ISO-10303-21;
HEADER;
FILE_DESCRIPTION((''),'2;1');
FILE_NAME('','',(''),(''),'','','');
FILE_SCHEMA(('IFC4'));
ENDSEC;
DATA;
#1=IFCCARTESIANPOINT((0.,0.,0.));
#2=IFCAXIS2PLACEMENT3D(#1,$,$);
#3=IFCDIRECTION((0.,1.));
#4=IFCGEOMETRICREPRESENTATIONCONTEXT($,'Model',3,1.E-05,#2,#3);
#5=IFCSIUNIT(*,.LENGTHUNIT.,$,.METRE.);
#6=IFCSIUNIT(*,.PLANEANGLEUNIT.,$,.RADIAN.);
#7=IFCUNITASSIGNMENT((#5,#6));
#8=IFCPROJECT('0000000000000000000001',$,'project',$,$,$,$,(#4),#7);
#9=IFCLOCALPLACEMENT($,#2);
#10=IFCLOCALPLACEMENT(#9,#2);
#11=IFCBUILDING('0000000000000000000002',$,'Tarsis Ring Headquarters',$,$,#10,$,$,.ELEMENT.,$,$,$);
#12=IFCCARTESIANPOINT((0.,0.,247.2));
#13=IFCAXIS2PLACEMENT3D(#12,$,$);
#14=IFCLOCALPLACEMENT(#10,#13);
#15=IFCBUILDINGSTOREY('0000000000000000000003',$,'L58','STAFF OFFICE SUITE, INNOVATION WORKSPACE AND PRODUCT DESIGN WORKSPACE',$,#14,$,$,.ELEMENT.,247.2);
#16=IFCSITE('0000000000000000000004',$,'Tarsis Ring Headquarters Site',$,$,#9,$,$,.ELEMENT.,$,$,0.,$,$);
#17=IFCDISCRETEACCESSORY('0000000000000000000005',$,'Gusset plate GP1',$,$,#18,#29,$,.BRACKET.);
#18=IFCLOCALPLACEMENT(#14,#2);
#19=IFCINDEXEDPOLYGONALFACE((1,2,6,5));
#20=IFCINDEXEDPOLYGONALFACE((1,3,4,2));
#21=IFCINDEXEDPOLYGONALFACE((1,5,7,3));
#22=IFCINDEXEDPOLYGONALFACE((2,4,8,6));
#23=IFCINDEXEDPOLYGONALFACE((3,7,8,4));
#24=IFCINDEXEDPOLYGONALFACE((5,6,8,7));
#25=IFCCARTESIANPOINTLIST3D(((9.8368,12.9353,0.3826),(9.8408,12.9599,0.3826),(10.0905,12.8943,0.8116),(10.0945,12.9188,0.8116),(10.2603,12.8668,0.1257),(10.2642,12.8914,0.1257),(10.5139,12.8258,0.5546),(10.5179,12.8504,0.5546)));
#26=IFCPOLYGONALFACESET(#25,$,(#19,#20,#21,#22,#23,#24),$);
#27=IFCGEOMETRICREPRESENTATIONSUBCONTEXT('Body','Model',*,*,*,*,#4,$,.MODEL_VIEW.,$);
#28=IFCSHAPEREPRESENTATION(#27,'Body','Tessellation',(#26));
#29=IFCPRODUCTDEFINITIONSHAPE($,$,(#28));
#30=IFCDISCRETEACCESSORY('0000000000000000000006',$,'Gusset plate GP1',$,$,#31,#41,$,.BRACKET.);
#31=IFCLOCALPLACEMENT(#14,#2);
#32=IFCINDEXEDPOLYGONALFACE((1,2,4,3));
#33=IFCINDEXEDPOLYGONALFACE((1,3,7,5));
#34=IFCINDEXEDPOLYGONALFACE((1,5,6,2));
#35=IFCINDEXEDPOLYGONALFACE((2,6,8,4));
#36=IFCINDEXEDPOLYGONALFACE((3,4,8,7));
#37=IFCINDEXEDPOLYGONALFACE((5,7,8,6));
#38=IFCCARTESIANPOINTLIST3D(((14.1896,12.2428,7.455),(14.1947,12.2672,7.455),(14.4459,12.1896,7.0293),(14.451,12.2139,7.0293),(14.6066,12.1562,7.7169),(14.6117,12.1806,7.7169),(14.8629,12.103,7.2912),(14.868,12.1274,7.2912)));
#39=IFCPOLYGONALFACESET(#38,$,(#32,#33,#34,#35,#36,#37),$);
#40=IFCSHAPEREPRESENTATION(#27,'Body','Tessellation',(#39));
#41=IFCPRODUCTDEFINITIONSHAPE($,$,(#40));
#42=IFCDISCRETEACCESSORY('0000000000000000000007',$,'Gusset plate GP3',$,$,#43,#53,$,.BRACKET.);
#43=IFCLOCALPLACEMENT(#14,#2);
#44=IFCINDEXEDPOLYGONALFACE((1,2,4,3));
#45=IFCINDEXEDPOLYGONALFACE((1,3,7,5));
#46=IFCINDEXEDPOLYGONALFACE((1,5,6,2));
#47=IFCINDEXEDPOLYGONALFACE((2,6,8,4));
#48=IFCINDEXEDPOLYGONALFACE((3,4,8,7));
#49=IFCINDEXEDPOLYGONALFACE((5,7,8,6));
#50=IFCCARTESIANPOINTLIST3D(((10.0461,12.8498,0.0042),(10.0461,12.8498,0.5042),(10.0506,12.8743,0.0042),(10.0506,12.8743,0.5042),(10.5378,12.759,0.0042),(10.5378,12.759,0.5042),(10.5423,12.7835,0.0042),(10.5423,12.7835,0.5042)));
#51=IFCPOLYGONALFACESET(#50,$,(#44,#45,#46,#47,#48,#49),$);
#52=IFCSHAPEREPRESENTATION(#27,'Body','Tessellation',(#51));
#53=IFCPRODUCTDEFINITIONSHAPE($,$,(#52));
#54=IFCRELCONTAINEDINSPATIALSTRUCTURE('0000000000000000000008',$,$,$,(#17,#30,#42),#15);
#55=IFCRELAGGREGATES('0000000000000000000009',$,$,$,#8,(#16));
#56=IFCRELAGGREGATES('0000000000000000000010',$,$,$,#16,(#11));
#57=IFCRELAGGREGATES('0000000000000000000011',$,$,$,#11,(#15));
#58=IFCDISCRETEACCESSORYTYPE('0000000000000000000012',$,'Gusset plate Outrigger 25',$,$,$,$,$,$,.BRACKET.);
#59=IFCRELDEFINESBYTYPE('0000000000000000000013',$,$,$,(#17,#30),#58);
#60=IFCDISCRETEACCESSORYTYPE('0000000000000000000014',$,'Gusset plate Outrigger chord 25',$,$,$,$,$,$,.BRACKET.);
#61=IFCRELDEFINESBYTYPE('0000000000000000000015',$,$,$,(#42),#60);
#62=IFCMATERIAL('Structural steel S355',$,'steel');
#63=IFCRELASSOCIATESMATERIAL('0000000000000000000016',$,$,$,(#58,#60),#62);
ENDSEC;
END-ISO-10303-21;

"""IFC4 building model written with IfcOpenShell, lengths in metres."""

from ifc_helpers import new_model, si_unit, direction, frame, origin, origin_2d, place, context, subcontext, project, spatial, rectangle, extrude, material, material_profile, profile_set, type_object, element, save


model = new_model("IFC4")

# Units and contexts
model_context = context("Model", 3, precision=1e-05, world=origin(), true_north=direction((0.0, 1.0)))
body_context = subcontext(model_context, "Body", "Model", "MODEL_VIEW")
ifc_project = project(units=[si_unit("LENGTHUNIT", "METRE"), si_unit("PLANEANGLEUNIT", "RADIAN")], contexts=[model_context])

# Site, building, storey
site_placement = place(None, origin())
site = spatial("IfcSite", under=ifc_project, at=site_placement, Name="Tarsis Ring Headquarters Site", CompositionType="ELEMENT", RefElevation=0.0)
building_placement = place(site_placement, origin())
building = spatial("IfcBuilding", under=site, at=building_placement, Name="Tarsis Ring Headquarters", CompositionType="ELEMENT")
storey_placement = place(building_placement, frame((0.0, 0.0, 247.2)))
storey = spatial("IfcBuildingStorey", under=building, at=storey_placement, Name="L58", Description="STAFF OFFICE SUITE, INNOVATION WORKSPACE AND PRODUCT DESIGN WORKSPACE", CompositionType="ELEMENT", Elevation=247.2)

# Shared definitions
ifc_material_1 = material(Name="Structural steel S355", Category="steel")

# Discrete accessories
ifc_material_profile_1 = material_profile(ifc_material_1, rectangle(XDim=0.0249, YDim=0.5, at=origin_2d()), Name="PL 25x500")
ifc_profile_set_1 = profile_set([ifc_material_profile_1], Name="Structural steel S355")
discrete_accessory_type_1 = type_object("IfcDiscreteAccessoryType", Name="Gusset plate Outrigger 25", PredefinedType="BRACKET", material=ifc_profile_set_1)
discrete_accessory_1_placement = place(storey_placement, frame((10.0505, 12.9133, 0.2542), z_axis=(0.507295, -0.082026, 0.85786), x_axis=(0.159621, 0.987178, 0.0)))
element("IfcDiscreteAccessory", 1, at=discrete_accessory_1_placement, inside=storey, type_object=discrete_accessory_type_1, Name="Gusset plate GP1", PredefinedType="BRACKET", context=body_context, shape_type="SweptSolid", body=[
    extrude(rectangle(XDim=0.0249, YDim=0.5, at=origin_2d()), origin(), (0.0, 0.0, 1.0), 0.5),
])
discrete_accessory_2_placement = place(storey_placement, frame((14.4006, 12.2117, 7.5859), z_axis=(0.512863, -0.10648, -0.851841), x_axis=(0.203284, 0.97912, 0.0)))
element("IfcDiscreteAccessory", 2, at=discrete_accessory_2_placement, inside=storey, type_object=discrete_accessory_type_1, Name="Gusset plate GP1", PredefinedType="BRACKET", context=body_context, shape_type="SweptSolid", body=[
    extrude(rectangle(XDim=0.0249, YDim=0.5, at=origin_2d()), origin(), (0.0, 0.0, 1.0), 0.4998),
])
discrete_accessory_type_2 = type_object("IfcDiscreteAccessoryType", Name="Gusset plate Outrigger chord 25", PredefinedType="BRACKET", material=ifc_profile_set_1)
discrete_accessory_3_placement = place(storey_placement, frame((10.0483, 12.8621, 0.2542), z_axis=(0.983366, -0.181635, 0.0), x_axis=(0.181635, 0.983366, 0.0)))
element("IfcDiscreteAccessory", 3, at=discrete_accessory_3_placement, inside=storey, type_object=discrete_accessory_type_2, Name="Gusset plate GP3", PredefinedType="BRACKET", context=body_context, shape_type="SweptSolid", body=[
    extrude(rectangle(XDim=0.0249, YDim=0.5, at=origin_2d()), origin(), (0.0, 0.0, 1.0), 0.5),
])

save(model, "model.ifc")
